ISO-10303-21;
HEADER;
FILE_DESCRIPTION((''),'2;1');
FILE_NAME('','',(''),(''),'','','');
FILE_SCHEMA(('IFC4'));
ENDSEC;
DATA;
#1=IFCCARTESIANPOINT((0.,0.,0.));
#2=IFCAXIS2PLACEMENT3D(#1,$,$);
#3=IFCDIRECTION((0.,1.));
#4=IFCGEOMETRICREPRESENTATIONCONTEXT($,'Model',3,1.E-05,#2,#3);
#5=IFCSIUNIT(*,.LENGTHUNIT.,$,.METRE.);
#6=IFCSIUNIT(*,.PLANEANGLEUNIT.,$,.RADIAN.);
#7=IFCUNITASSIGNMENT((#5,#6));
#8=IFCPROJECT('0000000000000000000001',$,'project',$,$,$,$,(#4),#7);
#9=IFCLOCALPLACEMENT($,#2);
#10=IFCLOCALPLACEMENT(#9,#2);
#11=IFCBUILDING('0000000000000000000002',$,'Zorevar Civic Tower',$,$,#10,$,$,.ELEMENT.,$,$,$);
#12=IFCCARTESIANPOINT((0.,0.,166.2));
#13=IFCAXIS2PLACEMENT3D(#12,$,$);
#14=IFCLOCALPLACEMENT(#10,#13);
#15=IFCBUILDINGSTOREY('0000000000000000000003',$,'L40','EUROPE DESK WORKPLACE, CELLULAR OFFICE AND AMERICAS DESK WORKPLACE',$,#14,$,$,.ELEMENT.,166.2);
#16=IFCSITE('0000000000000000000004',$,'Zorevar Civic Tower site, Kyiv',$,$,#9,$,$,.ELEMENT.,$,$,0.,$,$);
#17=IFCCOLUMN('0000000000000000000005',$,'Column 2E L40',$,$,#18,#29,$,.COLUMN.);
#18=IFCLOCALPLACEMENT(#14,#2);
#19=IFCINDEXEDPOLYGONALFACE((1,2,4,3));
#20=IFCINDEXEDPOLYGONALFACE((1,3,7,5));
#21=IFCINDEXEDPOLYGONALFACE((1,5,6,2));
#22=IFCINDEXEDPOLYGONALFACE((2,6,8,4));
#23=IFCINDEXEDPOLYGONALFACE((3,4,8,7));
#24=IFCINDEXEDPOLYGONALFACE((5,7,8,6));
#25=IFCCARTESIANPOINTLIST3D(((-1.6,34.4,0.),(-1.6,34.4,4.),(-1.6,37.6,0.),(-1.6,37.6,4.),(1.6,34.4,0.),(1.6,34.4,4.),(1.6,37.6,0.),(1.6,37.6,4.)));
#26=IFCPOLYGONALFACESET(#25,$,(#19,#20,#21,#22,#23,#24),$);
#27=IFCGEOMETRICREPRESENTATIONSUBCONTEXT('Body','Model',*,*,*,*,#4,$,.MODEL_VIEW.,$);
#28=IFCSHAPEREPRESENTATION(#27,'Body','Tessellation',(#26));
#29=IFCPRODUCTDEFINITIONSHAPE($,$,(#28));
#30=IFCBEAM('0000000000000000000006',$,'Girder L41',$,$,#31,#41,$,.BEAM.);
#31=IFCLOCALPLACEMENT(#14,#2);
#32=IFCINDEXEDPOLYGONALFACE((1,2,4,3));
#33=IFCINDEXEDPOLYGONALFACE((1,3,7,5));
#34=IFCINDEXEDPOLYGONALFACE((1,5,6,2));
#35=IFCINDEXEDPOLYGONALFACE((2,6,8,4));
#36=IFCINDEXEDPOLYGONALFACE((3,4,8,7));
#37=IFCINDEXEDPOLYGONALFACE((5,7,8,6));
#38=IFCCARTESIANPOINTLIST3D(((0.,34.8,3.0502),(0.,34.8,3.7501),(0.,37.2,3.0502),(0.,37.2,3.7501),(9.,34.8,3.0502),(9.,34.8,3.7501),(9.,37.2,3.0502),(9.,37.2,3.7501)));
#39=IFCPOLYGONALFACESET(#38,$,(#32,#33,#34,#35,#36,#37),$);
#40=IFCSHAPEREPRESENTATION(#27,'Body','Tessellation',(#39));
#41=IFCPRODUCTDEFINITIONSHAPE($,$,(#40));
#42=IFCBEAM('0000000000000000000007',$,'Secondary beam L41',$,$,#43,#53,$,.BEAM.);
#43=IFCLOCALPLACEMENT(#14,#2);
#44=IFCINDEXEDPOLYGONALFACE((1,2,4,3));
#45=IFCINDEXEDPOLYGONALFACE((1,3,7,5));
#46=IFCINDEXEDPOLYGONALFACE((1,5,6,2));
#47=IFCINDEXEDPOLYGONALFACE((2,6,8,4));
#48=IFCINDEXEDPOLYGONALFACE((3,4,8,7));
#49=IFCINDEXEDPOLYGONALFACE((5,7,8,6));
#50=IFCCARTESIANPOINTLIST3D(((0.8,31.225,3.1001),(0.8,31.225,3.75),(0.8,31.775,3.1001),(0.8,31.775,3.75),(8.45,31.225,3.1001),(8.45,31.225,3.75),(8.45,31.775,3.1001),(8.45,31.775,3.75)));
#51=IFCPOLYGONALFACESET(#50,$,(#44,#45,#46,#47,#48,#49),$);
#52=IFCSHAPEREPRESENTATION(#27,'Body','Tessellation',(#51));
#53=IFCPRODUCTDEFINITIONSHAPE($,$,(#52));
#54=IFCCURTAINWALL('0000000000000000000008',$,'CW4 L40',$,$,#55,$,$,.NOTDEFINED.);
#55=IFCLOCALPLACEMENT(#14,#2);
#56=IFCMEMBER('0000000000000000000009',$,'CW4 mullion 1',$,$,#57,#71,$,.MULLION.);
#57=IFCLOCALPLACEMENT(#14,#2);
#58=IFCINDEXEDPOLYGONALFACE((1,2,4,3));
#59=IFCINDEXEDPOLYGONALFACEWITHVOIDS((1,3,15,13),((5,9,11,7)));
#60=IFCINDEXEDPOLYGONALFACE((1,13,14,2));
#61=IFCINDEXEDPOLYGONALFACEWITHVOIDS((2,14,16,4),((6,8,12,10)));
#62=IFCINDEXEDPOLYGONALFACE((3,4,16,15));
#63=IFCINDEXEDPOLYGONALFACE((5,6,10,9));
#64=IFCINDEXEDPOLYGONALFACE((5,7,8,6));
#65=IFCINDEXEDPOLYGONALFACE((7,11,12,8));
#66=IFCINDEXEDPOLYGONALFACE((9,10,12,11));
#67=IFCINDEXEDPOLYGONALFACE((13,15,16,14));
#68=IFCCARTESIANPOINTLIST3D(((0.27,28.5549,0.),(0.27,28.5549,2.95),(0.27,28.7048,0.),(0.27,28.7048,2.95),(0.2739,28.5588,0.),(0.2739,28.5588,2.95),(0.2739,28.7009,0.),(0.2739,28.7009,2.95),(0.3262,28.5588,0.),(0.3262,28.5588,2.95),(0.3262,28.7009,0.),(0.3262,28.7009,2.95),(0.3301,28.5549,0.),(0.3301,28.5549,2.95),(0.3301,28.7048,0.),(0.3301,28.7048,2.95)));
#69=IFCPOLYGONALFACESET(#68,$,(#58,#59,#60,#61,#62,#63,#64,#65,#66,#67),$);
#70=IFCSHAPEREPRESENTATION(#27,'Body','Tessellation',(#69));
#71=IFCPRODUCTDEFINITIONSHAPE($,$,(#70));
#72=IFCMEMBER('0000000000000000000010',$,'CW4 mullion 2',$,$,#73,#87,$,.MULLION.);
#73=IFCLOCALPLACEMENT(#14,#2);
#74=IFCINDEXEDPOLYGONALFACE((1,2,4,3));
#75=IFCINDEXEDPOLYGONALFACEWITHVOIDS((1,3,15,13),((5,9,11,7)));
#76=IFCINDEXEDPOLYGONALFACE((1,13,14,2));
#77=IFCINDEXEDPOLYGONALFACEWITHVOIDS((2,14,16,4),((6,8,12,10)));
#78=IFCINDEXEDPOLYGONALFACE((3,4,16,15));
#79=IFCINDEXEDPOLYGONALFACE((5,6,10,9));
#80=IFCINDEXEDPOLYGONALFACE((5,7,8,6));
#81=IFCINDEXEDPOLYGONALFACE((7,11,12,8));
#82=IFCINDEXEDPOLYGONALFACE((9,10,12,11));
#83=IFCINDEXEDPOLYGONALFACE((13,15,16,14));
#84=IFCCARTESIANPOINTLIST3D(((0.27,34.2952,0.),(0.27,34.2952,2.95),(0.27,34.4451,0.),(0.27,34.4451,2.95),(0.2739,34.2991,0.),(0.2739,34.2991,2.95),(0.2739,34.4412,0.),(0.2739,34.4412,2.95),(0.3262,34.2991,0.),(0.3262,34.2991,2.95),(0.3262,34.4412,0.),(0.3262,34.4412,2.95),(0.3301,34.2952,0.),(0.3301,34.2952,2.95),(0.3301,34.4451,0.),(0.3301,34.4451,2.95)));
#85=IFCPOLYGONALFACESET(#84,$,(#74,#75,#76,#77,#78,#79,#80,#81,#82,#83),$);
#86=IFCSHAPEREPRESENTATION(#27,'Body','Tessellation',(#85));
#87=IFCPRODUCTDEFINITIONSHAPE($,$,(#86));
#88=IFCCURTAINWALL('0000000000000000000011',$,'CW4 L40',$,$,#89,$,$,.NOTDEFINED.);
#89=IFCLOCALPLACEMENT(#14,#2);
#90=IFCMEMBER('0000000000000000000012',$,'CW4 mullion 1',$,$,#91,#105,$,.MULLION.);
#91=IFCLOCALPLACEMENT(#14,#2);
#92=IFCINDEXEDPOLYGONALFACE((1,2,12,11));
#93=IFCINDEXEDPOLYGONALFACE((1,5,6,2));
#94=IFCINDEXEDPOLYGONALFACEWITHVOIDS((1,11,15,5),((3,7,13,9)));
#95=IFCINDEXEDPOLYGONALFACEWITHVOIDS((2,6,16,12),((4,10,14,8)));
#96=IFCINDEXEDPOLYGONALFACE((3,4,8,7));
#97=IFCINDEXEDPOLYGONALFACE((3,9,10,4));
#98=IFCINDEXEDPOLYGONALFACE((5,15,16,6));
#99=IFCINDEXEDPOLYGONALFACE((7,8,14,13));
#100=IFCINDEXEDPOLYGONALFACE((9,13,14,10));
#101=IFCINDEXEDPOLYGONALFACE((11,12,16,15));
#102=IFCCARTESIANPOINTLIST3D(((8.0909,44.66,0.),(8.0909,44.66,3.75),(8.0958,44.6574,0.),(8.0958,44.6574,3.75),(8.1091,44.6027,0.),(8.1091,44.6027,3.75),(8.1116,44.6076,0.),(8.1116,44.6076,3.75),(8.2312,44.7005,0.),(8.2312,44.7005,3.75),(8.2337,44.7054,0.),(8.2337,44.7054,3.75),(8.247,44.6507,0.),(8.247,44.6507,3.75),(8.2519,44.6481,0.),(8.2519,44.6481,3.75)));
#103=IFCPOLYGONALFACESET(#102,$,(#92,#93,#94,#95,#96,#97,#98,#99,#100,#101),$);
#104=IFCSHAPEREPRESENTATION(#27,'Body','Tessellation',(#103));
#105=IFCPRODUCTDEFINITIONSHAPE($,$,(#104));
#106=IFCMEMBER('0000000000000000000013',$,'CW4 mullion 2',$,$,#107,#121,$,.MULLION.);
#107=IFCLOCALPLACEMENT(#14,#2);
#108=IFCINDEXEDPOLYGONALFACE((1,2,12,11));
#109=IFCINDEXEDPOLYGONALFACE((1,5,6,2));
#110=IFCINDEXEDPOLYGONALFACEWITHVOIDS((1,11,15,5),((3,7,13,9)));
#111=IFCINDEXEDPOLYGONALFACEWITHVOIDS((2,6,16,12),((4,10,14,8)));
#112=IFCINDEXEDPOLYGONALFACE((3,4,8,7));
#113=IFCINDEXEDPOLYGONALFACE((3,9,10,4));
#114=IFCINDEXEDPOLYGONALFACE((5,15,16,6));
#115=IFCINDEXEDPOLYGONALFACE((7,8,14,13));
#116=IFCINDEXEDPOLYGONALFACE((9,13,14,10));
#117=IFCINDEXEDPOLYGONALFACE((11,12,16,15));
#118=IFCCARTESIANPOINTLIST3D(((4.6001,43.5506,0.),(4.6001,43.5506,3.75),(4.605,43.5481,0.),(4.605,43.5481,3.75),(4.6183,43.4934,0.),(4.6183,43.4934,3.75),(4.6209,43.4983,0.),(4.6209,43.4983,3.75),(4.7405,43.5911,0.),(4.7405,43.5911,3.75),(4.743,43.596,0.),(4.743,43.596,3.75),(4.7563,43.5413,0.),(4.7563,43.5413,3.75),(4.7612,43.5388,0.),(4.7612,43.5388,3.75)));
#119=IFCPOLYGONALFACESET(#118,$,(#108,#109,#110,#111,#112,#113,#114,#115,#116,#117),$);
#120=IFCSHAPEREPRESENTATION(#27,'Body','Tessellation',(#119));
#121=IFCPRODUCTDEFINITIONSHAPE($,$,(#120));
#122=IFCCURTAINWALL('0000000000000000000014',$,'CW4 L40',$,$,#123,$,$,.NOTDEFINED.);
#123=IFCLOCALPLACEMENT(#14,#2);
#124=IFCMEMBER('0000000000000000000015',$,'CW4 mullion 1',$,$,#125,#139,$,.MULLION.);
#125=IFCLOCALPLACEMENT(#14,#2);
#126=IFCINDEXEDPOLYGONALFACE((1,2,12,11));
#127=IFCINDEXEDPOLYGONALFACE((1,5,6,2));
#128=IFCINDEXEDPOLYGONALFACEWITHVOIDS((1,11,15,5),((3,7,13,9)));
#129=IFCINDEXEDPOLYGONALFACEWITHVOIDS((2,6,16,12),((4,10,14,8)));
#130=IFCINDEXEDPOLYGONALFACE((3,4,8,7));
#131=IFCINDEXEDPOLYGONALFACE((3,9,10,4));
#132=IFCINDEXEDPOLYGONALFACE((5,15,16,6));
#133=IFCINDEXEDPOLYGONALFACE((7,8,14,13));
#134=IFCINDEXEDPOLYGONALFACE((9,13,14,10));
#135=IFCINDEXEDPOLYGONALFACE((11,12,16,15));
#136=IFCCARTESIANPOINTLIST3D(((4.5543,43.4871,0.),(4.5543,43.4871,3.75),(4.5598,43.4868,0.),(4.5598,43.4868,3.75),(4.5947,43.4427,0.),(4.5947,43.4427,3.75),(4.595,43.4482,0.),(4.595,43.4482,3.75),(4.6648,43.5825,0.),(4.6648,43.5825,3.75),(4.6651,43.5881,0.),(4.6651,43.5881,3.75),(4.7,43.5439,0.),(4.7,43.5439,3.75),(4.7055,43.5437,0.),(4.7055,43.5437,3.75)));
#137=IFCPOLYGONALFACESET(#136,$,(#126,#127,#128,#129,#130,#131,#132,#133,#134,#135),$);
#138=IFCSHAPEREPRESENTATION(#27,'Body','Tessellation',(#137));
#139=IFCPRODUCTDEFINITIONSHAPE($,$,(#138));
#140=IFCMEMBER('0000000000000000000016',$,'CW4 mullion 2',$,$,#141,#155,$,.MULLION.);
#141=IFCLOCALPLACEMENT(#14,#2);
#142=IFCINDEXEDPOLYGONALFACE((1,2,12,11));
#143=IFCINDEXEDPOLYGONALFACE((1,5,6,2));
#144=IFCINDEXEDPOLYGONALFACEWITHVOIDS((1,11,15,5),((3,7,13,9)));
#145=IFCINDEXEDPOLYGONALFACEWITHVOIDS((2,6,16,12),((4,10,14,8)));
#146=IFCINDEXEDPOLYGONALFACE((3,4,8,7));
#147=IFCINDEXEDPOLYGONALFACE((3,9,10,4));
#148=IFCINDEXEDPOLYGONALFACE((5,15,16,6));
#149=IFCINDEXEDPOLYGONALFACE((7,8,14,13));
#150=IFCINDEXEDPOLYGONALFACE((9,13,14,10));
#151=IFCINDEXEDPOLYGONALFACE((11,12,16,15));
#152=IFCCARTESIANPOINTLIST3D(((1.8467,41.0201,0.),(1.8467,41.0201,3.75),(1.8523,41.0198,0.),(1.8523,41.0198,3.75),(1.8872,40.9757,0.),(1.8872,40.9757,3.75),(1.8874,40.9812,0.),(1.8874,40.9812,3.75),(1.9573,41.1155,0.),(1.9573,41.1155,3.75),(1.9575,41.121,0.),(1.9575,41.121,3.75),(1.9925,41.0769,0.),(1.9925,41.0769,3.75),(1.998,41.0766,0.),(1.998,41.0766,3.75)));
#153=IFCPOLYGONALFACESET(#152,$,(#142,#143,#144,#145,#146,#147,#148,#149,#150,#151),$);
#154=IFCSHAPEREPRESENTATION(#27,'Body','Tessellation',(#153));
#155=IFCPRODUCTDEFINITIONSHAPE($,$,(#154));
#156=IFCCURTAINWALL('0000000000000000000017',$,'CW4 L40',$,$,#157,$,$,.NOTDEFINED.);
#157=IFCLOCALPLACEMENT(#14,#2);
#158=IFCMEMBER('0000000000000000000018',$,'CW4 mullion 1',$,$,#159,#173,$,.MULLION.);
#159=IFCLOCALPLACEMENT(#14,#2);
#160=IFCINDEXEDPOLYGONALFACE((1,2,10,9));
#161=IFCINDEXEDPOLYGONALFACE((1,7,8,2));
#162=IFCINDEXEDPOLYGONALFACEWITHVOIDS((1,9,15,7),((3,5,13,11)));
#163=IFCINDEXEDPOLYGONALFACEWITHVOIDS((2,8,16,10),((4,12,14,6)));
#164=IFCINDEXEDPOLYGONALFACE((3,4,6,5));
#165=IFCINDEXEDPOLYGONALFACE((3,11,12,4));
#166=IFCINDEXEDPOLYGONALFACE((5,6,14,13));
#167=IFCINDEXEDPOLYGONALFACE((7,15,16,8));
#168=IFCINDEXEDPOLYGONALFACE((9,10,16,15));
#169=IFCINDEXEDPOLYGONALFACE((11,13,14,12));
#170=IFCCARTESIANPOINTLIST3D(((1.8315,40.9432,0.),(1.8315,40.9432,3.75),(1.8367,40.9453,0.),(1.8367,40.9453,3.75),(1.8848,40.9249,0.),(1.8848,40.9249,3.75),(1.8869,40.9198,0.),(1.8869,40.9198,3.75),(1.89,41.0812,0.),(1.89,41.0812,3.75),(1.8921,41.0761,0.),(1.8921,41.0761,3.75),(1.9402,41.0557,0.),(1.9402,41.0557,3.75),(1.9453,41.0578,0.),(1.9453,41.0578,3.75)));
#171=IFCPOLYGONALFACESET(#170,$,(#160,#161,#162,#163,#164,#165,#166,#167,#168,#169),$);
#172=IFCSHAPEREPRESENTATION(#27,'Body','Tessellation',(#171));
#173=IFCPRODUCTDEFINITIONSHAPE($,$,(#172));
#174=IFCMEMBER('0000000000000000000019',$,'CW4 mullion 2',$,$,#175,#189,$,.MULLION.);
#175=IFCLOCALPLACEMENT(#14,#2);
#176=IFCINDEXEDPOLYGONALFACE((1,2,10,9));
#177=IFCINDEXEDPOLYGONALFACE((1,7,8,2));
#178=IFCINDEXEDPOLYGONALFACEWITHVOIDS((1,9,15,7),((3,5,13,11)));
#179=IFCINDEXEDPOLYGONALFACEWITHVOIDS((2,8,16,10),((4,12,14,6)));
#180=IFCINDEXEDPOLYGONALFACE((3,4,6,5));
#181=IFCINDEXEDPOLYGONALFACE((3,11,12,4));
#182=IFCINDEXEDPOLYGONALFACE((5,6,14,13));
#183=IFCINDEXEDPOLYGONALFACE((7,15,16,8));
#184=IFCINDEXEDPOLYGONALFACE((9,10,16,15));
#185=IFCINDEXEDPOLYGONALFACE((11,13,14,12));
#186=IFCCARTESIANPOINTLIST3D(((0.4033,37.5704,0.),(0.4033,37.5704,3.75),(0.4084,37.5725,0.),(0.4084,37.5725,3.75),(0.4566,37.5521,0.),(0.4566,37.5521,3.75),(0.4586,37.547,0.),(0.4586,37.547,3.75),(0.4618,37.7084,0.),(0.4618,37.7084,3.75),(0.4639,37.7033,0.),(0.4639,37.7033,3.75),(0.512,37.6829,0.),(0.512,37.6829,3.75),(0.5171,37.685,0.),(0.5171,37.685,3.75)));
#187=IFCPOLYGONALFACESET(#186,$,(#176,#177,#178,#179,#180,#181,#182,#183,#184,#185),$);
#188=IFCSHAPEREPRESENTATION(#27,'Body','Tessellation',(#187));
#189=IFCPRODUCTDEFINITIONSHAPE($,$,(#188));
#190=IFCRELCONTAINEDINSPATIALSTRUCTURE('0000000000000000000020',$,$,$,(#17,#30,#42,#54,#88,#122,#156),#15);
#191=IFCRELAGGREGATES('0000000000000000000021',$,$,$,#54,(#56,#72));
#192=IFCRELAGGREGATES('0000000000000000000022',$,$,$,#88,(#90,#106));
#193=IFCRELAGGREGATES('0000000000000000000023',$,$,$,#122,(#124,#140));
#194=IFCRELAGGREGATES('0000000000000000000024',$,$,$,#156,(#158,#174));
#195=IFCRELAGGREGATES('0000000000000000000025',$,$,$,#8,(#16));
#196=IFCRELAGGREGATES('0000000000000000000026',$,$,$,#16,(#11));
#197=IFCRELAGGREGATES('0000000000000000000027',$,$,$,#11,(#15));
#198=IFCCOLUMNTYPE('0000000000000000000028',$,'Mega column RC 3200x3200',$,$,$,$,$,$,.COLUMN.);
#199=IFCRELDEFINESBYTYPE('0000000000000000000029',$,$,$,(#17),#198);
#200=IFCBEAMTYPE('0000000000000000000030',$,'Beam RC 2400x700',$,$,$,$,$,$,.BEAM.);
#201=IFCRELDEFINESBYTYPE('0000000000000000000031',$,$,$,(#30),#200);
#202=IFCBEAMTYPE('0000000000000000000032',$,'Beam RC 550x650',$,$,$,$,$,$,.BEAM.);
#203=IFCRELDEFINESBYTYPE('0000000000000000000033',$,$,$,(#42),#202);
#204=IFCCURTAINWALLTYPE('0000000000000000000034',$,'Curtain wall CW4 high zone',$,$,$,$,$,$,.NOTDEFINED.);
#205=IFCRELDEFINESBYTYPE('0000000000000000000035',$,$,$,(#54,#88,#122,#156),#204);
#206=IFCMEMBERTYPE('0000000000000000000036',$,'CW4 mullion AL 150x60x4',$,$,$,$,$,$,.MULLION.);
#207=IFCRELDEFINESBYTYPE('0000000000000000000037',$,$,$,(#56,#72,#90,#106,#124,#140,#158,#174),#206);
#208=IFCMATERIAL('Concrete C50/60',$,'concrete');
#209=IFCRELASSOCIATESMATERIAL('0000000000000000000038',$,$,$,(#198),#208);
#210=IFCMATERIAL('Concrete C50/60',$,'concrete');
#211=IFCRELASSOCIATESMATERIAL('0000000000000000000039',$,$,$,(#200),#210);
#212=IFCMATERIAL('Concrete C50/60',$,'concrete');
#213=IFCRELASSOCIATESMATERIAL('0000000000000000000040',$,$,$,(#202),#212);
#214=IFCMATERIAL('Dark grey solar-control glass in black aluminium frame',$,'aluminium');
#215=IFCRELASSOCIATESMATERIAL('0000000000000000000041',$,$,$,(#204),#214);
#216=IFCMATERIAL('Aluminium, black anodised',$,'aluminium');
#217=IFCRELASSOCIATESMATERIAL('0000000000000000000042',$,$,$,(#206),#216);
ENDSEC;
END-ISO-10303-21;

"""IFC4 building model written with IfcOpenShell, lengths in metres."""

from ifc_helpers import new_model, si_unit, direction, frame, origin, origin_2d, place, context, subcontext, project, spatial, rectangle, hollow_rectangle, extrude, material, material_profile, profile_set, type_object, element, aggregate, save


model = new_model("IFC4")

# Units and contexts
model_context = context("Model", 3, precision=1e-05, world=origin(), true_north=direction((0.0, 1.0)))
body_context = subcontext(model_context, "Body", "Model", "MODEL_VIEW")
ifc_project = project(units=[si_unit("LENGTHUNIT", "METRE"), si_unit("PLANEANGLEUNIT", "RADIAN")], contexts=[model_context])

# Site, building, storey
site_placement = place(None, origin())
site = spatial("IfcSite", under=ifc_project, at=site_placement, Name="Zorevar Civic Tower site, Kyiv", CompositionType="ELEMENT", RefElevation=0.0)
building_placement = place(site_placement, origin())
building = spatial("IfcBuilding", under=site, at=building_placement, Name="Zorevar Civic Tower", CompositionType="ELEMENT")
storey_placement = place(building_placement, frame((0.0, 0.0, 166.2)))
storey = spatial("IfcBuildingStorey", under=building, at=storey_placement, Name="L40", Description="EUROPE DESK WORKPLACE, CELLULAR OFFICE AND AMERICAS DESK WORKPLACE", CompositionType="ELEMENT", Elevation=166.2)

# Column
ifc_material_1 = material(Name="Concrete C50/60", Category="concrete")
ifc_material_profile_1 = material_profile(ifc_material_1, rectangle(XDim=3.2, YDim=3.2, at=origin_2d()), Name="RC 3200x3200")
ifc_profile_set_1 = profile_set([ifc_material_profile_1], Name="Concrete C50/60")
column_type = type_object("IfcColumnType", Name="Mega column RC 3200x3200", PredefinedType="COLUMN", material=ifc_profile_set_1)
column_placement = place(storey_placement, frame((0.0, 36.0, 0.0), z_axis=(0.0, 0.0, 1.0), x_axis=(1.0, 0.0, 0.0)))
element("IfcColumn", 1, at=column_placement, inside=storey, type_object=column_type, Name="Column 2E L40", PredefinedType="COLUMN", context=body_context, shape_type="SweptSolid", body=[
    extrude(rectangle(XDim=3.2, YDim=3.2, at=origin_2d()), origin(), (0.0, 0.0, 1.0), 4.0),
])

# Beams
ifc_material_2 = material(Name="Concrete C50/60", Category="concrete")
ifc_material_profile_2 = material_profile(ifc_material_2, rectangle(XDim=2.3999, YDim=0.7, at=origin_2d()), Name="RC 2400x700")
ifc_profile_set_2 = profile_set([ifc_material_profile_2], Name="Concrete C50/60")
beam_type_1 = type_object("IfcBeamType", Name="Beam RC 2400x700", PredefinedType="BEAM", material=ifc_profile_set_2)
beam_1_placement = place(storey_placement, frame((0.0, 36.0, 3.4001), z_axis=(1.0, 0.0, 0.0), x_axis=(0.0, 1.0, 0.0)))
element("IfcBeam", 2, at=beam_1_placement, inside=storey, type_object=beam_type_1, Name="Girder L41", PredefinedType="BEAM", context=body_context, shape_type="SweptSolid", body=[
    extrude(rectangle(XDim=2.3999, YDim=0.7, at=origin_2d()), origin(), (0.0, 0.0, 1.0), 9.0),
])
ifc_material_3 = material(Name="Concrete C50/60", Category="concrete")
ifc_material_profile_3 = material_profile(ifc_material_3, rectangle(XDim=0.55, YDim=0.6499, at=origin_2d()), Name="RC 550x650")
ifc_profile_set_3 = profile_set([ifc_material_profile_3], Name="Concrete C50/60")
beam_type_2 = type_object("IfcBeamType", Name="Beam RC 550x650", PredefinedType="BEAM", material=ifc_profile_set_3)
beam_2_placement = place(storey_placement, frame((0.8, 31.5, 3.425), z_axis=(1.0, 0.0, 0.0), x_axis=(0.0, 1.0, 0.0)))
element("IfcBeam", 3, at=beam_2_placement, inside=storey, type_object=beam_type_2, Name="Secondary beam L41", PredefinedType="BEAM", context=body_context, shape_type="SweptSolid", body=[
    extrude(rectangle(XDim=0.55, YDim=0.6499, at=origin_2d()), origin(), (0.0, 0.0, 1.0), 7.6499),
])

# Curtain walls, members
ifc_material_4 = material(Name="Dark grey solar-control glass in black aluminium frame", Category="aluminium")
curtain_wall_type = type_object("IfcCurtainWallType", Name="Curtain wall CW4 high zone", PredefinedType="NOTDEFINED", material=ifc_material_4)
curtain_wall_1_placement = place(storey_placement, origin())
curtain_wall_1 = element("IfcCurtainWall", 4, at=curtain_wall_1_placement, inside=storey, type_object=curtain_wall_type, Name="CW4 L40", PredefinedType="NOTDEFINED")
ifc_material_5 = material(Name="Aluminium, black anodised", Category="aluminium")
ifc_material_profile_4 = material_profile(ifc_material_5, hollow_rectangle(XDim=0.0601, YDim=0.1499, WallThickness=0.0039, at=origin_2d()), Name="AL 150x60x4")
ifc_profile_set_4 = profile_set([ifc_material_profile_4], Name="Aluminium, black anodised")
member_type_1 = type_object("IfcMemberType", Name="CW4 mullion AL 150x60x4", PredefinedType="MULLION", material=ifc_profile_set_4)
member_1_placement = place(storey_placement, frame((0.3, 28.6299, 0.0), z_axis=(0.0, 0.0, 1.0), x_axis=(-1.0, 0.0, 0.0)))
member_1 = element("IfcMember", 5, at=member_1_placement, type_object=member_type_1, Name="CW4 mullion 1", PredefinedType="MULLION", context=body_context, shape_type="SweptSolid", body=[
    extrude(hollow_rectangle(XDim=0.0601, YDim=0.1499, WallThickness=0.0039, at=origin_2d()), origin(), (0.0, 0.0, 1.0), 2.95),
])
member_2_placement = place(storey_placement, frame((0.3, 34.3701, 0.0), z_axis=(0.0, 0.0, 1.0), x_axis=(-1.0, 0.0, 0.0)))
member_2 = element("IfcMember", 6, at=member_2_placement, type_object=member_type_1, Name="CW4 mullion 2", PredefinedType="MULLION", context=body_context, shape_type="SweptSolid", body=[
    extrude(hollow_rectangle(XDim=0.0601, YDim=0.1499, WallThickness=0.0039, at=origin_2d()), origin(), (0.0, 0.0, 1.0), 2.95),
])
curtain_wall_2_placement = place(storey_placement, origin())
curtain_wall_2 = element("IfcCurtainWall", 7, at=curtain_wall_2_placement, inside=storey, type_object=curtain_wall_type, Name="CW4 L40", PredefinedType="NOTDEFINED")
member_3_placement = place(storey_placement, frame((8.1714, 44.6541, 0.0), z_axis=(0.0, 0.0, 1.0), x_axis=(0.302859, -0.953035, 0.0)))
member_3 = element("IfcMember", 8, at=member_3_placement, type_object=member_type_1, Name="CW4 mullion 1", PredefinedType="MULLION", context=body_context, shape_type="SweptSolid", body=[
    extrude(hollow_rectangle(XDim=0.0601, YDim=0.1499, WallThickness=0.0039, at=origin_2d()), origin(), (0.0, 0.0, 1.0), 3.75),
])
member_4_placement = place(storey_placement, frame((4.6807, 43.5447, 0.0), z_axis=(0.0, 0.0, 1.0), x_axis=(0.302859, -0.953035, 0.0)))
member_4 = element("IfcMember", 9, at=member_4_placement, type_object=member_type_1, Name="CW4 mullion 2", PredefinedType="MULLION", context=body_context, shape_type="SweptSolid", body=[
    extrude(hollow_rectangle(XDim=0.0601, YDim=0.1499, WallThickness=0.0039, at=origin_2d()), origin(), (0.0, 0.0, 1.0), 3.75),
])
curtain_wall_3_placement = place(storey_placement, origin())
curtain_wall_3 = element("IfcCurtainWall", 10, at=curtain_wall_3_placement, inside=storey, type_object=curtain_wall_type, Name="CW4 L40", PredefinedType="NOTDEFINED")
member_5_placement = place(storey_placement, frame((4.6299, 43.5154, 0.0), z_axis=(0.0, 0.0, 1.0), x_axis=(0.673533, -0.739157, 0.0)))
member_5 = element("IfcMember", 11, at=member_5_placement, type_object=member_type_1, Name="CW4 mullion 1", PredefinedType="MULLION", context=body_context, shape_type="SweptSolid", body=[
    extrude(hollow_rectangle(XDim=0.0601, YDim=0.1499, WallThickness=0.0039, at=origin_2d()), origin(), (0.0, 0.0, 1.0), 3.75),
])
member_6_placement = place(storey_placement, frame((1.9224, 41.0483, 0.0), z_axis=(0.0, 0.0, 1.0), x_axis=(0.673533, -0.739157, 0.0)))
member_6 = element("IfcMember", 12, at=member_6_placement, type_object=member_type_1, Name="CW4 mullion 2", PredefinedType="MULLION", context=body_context, shape_type="SweptSolid", body=[
    extrude(hollow_rectangle(XDim=0.0601, YDim=0.1499, WallThickness=0.0039, at=origin_2d()), origin(), (0.0, 0.0, 1.0), 3.75),
])
curtain_wall_4_placement = place(storey_placement, origin())
curtain_wall_4 = element("IfcCurtainWall", 13, at=curtain_wall_4_placement, inside=storey, type_object=curtain_wall_type, Name="CW4 L40", PredefinedType="NOTDEFINED")
member_7_placement = place(storey_placement, frame((1.8884, 41.0005, 0.0), z_axis=(0.0, 0.0, 1.0), x_axis=(0.92083, -0.389965, 0.0)))
member_7 = element("IfcMember", 14, at=member_7_placement, type_object=member_type_1, Name="CW4 mullion 1", PredefinedType="MULLION", context=body_context, shape_type="SweptSolid", body=[
    extrude(hollow_rectangle(XDim=0.0601, YDim=0.1499, WallThickness=0.0039, at=origin_2d()), origin(), (0.0, 0.0, 1.0), 3.75),
])
member_8_placement = place(storey_placement, frame((0.4602, 37.6277, 0.0), z_axis=(0.0, 0.0, 1.0), x_axis=(0.92083, -0.389965, 0.0)))
member_8 = element("IfcMember", 15, at=member_8_placement, type_object=member_type_1, Name="CW4 mullion 2", PredefinedType="MULLION", context=body_context, shape_type="SweptSolid", body=[
    extrude(hollow_rectangle(XDim=0.0601, YDim=0.1499, WallThickness=0.0039, at=origin_2d()), origin(), (0.0, 0.0, 1.0), 3.75),
])

aggregate(curtain_wall_1, [member_1, member_2])
aggregate(curtain_wall_2, [member_3, member_4])
aggregate(curtain_wall_3, [member_5, member_6])
aggregate(curtain_wall_4, [member_7, member_8])

save(model, "model.ifc")
